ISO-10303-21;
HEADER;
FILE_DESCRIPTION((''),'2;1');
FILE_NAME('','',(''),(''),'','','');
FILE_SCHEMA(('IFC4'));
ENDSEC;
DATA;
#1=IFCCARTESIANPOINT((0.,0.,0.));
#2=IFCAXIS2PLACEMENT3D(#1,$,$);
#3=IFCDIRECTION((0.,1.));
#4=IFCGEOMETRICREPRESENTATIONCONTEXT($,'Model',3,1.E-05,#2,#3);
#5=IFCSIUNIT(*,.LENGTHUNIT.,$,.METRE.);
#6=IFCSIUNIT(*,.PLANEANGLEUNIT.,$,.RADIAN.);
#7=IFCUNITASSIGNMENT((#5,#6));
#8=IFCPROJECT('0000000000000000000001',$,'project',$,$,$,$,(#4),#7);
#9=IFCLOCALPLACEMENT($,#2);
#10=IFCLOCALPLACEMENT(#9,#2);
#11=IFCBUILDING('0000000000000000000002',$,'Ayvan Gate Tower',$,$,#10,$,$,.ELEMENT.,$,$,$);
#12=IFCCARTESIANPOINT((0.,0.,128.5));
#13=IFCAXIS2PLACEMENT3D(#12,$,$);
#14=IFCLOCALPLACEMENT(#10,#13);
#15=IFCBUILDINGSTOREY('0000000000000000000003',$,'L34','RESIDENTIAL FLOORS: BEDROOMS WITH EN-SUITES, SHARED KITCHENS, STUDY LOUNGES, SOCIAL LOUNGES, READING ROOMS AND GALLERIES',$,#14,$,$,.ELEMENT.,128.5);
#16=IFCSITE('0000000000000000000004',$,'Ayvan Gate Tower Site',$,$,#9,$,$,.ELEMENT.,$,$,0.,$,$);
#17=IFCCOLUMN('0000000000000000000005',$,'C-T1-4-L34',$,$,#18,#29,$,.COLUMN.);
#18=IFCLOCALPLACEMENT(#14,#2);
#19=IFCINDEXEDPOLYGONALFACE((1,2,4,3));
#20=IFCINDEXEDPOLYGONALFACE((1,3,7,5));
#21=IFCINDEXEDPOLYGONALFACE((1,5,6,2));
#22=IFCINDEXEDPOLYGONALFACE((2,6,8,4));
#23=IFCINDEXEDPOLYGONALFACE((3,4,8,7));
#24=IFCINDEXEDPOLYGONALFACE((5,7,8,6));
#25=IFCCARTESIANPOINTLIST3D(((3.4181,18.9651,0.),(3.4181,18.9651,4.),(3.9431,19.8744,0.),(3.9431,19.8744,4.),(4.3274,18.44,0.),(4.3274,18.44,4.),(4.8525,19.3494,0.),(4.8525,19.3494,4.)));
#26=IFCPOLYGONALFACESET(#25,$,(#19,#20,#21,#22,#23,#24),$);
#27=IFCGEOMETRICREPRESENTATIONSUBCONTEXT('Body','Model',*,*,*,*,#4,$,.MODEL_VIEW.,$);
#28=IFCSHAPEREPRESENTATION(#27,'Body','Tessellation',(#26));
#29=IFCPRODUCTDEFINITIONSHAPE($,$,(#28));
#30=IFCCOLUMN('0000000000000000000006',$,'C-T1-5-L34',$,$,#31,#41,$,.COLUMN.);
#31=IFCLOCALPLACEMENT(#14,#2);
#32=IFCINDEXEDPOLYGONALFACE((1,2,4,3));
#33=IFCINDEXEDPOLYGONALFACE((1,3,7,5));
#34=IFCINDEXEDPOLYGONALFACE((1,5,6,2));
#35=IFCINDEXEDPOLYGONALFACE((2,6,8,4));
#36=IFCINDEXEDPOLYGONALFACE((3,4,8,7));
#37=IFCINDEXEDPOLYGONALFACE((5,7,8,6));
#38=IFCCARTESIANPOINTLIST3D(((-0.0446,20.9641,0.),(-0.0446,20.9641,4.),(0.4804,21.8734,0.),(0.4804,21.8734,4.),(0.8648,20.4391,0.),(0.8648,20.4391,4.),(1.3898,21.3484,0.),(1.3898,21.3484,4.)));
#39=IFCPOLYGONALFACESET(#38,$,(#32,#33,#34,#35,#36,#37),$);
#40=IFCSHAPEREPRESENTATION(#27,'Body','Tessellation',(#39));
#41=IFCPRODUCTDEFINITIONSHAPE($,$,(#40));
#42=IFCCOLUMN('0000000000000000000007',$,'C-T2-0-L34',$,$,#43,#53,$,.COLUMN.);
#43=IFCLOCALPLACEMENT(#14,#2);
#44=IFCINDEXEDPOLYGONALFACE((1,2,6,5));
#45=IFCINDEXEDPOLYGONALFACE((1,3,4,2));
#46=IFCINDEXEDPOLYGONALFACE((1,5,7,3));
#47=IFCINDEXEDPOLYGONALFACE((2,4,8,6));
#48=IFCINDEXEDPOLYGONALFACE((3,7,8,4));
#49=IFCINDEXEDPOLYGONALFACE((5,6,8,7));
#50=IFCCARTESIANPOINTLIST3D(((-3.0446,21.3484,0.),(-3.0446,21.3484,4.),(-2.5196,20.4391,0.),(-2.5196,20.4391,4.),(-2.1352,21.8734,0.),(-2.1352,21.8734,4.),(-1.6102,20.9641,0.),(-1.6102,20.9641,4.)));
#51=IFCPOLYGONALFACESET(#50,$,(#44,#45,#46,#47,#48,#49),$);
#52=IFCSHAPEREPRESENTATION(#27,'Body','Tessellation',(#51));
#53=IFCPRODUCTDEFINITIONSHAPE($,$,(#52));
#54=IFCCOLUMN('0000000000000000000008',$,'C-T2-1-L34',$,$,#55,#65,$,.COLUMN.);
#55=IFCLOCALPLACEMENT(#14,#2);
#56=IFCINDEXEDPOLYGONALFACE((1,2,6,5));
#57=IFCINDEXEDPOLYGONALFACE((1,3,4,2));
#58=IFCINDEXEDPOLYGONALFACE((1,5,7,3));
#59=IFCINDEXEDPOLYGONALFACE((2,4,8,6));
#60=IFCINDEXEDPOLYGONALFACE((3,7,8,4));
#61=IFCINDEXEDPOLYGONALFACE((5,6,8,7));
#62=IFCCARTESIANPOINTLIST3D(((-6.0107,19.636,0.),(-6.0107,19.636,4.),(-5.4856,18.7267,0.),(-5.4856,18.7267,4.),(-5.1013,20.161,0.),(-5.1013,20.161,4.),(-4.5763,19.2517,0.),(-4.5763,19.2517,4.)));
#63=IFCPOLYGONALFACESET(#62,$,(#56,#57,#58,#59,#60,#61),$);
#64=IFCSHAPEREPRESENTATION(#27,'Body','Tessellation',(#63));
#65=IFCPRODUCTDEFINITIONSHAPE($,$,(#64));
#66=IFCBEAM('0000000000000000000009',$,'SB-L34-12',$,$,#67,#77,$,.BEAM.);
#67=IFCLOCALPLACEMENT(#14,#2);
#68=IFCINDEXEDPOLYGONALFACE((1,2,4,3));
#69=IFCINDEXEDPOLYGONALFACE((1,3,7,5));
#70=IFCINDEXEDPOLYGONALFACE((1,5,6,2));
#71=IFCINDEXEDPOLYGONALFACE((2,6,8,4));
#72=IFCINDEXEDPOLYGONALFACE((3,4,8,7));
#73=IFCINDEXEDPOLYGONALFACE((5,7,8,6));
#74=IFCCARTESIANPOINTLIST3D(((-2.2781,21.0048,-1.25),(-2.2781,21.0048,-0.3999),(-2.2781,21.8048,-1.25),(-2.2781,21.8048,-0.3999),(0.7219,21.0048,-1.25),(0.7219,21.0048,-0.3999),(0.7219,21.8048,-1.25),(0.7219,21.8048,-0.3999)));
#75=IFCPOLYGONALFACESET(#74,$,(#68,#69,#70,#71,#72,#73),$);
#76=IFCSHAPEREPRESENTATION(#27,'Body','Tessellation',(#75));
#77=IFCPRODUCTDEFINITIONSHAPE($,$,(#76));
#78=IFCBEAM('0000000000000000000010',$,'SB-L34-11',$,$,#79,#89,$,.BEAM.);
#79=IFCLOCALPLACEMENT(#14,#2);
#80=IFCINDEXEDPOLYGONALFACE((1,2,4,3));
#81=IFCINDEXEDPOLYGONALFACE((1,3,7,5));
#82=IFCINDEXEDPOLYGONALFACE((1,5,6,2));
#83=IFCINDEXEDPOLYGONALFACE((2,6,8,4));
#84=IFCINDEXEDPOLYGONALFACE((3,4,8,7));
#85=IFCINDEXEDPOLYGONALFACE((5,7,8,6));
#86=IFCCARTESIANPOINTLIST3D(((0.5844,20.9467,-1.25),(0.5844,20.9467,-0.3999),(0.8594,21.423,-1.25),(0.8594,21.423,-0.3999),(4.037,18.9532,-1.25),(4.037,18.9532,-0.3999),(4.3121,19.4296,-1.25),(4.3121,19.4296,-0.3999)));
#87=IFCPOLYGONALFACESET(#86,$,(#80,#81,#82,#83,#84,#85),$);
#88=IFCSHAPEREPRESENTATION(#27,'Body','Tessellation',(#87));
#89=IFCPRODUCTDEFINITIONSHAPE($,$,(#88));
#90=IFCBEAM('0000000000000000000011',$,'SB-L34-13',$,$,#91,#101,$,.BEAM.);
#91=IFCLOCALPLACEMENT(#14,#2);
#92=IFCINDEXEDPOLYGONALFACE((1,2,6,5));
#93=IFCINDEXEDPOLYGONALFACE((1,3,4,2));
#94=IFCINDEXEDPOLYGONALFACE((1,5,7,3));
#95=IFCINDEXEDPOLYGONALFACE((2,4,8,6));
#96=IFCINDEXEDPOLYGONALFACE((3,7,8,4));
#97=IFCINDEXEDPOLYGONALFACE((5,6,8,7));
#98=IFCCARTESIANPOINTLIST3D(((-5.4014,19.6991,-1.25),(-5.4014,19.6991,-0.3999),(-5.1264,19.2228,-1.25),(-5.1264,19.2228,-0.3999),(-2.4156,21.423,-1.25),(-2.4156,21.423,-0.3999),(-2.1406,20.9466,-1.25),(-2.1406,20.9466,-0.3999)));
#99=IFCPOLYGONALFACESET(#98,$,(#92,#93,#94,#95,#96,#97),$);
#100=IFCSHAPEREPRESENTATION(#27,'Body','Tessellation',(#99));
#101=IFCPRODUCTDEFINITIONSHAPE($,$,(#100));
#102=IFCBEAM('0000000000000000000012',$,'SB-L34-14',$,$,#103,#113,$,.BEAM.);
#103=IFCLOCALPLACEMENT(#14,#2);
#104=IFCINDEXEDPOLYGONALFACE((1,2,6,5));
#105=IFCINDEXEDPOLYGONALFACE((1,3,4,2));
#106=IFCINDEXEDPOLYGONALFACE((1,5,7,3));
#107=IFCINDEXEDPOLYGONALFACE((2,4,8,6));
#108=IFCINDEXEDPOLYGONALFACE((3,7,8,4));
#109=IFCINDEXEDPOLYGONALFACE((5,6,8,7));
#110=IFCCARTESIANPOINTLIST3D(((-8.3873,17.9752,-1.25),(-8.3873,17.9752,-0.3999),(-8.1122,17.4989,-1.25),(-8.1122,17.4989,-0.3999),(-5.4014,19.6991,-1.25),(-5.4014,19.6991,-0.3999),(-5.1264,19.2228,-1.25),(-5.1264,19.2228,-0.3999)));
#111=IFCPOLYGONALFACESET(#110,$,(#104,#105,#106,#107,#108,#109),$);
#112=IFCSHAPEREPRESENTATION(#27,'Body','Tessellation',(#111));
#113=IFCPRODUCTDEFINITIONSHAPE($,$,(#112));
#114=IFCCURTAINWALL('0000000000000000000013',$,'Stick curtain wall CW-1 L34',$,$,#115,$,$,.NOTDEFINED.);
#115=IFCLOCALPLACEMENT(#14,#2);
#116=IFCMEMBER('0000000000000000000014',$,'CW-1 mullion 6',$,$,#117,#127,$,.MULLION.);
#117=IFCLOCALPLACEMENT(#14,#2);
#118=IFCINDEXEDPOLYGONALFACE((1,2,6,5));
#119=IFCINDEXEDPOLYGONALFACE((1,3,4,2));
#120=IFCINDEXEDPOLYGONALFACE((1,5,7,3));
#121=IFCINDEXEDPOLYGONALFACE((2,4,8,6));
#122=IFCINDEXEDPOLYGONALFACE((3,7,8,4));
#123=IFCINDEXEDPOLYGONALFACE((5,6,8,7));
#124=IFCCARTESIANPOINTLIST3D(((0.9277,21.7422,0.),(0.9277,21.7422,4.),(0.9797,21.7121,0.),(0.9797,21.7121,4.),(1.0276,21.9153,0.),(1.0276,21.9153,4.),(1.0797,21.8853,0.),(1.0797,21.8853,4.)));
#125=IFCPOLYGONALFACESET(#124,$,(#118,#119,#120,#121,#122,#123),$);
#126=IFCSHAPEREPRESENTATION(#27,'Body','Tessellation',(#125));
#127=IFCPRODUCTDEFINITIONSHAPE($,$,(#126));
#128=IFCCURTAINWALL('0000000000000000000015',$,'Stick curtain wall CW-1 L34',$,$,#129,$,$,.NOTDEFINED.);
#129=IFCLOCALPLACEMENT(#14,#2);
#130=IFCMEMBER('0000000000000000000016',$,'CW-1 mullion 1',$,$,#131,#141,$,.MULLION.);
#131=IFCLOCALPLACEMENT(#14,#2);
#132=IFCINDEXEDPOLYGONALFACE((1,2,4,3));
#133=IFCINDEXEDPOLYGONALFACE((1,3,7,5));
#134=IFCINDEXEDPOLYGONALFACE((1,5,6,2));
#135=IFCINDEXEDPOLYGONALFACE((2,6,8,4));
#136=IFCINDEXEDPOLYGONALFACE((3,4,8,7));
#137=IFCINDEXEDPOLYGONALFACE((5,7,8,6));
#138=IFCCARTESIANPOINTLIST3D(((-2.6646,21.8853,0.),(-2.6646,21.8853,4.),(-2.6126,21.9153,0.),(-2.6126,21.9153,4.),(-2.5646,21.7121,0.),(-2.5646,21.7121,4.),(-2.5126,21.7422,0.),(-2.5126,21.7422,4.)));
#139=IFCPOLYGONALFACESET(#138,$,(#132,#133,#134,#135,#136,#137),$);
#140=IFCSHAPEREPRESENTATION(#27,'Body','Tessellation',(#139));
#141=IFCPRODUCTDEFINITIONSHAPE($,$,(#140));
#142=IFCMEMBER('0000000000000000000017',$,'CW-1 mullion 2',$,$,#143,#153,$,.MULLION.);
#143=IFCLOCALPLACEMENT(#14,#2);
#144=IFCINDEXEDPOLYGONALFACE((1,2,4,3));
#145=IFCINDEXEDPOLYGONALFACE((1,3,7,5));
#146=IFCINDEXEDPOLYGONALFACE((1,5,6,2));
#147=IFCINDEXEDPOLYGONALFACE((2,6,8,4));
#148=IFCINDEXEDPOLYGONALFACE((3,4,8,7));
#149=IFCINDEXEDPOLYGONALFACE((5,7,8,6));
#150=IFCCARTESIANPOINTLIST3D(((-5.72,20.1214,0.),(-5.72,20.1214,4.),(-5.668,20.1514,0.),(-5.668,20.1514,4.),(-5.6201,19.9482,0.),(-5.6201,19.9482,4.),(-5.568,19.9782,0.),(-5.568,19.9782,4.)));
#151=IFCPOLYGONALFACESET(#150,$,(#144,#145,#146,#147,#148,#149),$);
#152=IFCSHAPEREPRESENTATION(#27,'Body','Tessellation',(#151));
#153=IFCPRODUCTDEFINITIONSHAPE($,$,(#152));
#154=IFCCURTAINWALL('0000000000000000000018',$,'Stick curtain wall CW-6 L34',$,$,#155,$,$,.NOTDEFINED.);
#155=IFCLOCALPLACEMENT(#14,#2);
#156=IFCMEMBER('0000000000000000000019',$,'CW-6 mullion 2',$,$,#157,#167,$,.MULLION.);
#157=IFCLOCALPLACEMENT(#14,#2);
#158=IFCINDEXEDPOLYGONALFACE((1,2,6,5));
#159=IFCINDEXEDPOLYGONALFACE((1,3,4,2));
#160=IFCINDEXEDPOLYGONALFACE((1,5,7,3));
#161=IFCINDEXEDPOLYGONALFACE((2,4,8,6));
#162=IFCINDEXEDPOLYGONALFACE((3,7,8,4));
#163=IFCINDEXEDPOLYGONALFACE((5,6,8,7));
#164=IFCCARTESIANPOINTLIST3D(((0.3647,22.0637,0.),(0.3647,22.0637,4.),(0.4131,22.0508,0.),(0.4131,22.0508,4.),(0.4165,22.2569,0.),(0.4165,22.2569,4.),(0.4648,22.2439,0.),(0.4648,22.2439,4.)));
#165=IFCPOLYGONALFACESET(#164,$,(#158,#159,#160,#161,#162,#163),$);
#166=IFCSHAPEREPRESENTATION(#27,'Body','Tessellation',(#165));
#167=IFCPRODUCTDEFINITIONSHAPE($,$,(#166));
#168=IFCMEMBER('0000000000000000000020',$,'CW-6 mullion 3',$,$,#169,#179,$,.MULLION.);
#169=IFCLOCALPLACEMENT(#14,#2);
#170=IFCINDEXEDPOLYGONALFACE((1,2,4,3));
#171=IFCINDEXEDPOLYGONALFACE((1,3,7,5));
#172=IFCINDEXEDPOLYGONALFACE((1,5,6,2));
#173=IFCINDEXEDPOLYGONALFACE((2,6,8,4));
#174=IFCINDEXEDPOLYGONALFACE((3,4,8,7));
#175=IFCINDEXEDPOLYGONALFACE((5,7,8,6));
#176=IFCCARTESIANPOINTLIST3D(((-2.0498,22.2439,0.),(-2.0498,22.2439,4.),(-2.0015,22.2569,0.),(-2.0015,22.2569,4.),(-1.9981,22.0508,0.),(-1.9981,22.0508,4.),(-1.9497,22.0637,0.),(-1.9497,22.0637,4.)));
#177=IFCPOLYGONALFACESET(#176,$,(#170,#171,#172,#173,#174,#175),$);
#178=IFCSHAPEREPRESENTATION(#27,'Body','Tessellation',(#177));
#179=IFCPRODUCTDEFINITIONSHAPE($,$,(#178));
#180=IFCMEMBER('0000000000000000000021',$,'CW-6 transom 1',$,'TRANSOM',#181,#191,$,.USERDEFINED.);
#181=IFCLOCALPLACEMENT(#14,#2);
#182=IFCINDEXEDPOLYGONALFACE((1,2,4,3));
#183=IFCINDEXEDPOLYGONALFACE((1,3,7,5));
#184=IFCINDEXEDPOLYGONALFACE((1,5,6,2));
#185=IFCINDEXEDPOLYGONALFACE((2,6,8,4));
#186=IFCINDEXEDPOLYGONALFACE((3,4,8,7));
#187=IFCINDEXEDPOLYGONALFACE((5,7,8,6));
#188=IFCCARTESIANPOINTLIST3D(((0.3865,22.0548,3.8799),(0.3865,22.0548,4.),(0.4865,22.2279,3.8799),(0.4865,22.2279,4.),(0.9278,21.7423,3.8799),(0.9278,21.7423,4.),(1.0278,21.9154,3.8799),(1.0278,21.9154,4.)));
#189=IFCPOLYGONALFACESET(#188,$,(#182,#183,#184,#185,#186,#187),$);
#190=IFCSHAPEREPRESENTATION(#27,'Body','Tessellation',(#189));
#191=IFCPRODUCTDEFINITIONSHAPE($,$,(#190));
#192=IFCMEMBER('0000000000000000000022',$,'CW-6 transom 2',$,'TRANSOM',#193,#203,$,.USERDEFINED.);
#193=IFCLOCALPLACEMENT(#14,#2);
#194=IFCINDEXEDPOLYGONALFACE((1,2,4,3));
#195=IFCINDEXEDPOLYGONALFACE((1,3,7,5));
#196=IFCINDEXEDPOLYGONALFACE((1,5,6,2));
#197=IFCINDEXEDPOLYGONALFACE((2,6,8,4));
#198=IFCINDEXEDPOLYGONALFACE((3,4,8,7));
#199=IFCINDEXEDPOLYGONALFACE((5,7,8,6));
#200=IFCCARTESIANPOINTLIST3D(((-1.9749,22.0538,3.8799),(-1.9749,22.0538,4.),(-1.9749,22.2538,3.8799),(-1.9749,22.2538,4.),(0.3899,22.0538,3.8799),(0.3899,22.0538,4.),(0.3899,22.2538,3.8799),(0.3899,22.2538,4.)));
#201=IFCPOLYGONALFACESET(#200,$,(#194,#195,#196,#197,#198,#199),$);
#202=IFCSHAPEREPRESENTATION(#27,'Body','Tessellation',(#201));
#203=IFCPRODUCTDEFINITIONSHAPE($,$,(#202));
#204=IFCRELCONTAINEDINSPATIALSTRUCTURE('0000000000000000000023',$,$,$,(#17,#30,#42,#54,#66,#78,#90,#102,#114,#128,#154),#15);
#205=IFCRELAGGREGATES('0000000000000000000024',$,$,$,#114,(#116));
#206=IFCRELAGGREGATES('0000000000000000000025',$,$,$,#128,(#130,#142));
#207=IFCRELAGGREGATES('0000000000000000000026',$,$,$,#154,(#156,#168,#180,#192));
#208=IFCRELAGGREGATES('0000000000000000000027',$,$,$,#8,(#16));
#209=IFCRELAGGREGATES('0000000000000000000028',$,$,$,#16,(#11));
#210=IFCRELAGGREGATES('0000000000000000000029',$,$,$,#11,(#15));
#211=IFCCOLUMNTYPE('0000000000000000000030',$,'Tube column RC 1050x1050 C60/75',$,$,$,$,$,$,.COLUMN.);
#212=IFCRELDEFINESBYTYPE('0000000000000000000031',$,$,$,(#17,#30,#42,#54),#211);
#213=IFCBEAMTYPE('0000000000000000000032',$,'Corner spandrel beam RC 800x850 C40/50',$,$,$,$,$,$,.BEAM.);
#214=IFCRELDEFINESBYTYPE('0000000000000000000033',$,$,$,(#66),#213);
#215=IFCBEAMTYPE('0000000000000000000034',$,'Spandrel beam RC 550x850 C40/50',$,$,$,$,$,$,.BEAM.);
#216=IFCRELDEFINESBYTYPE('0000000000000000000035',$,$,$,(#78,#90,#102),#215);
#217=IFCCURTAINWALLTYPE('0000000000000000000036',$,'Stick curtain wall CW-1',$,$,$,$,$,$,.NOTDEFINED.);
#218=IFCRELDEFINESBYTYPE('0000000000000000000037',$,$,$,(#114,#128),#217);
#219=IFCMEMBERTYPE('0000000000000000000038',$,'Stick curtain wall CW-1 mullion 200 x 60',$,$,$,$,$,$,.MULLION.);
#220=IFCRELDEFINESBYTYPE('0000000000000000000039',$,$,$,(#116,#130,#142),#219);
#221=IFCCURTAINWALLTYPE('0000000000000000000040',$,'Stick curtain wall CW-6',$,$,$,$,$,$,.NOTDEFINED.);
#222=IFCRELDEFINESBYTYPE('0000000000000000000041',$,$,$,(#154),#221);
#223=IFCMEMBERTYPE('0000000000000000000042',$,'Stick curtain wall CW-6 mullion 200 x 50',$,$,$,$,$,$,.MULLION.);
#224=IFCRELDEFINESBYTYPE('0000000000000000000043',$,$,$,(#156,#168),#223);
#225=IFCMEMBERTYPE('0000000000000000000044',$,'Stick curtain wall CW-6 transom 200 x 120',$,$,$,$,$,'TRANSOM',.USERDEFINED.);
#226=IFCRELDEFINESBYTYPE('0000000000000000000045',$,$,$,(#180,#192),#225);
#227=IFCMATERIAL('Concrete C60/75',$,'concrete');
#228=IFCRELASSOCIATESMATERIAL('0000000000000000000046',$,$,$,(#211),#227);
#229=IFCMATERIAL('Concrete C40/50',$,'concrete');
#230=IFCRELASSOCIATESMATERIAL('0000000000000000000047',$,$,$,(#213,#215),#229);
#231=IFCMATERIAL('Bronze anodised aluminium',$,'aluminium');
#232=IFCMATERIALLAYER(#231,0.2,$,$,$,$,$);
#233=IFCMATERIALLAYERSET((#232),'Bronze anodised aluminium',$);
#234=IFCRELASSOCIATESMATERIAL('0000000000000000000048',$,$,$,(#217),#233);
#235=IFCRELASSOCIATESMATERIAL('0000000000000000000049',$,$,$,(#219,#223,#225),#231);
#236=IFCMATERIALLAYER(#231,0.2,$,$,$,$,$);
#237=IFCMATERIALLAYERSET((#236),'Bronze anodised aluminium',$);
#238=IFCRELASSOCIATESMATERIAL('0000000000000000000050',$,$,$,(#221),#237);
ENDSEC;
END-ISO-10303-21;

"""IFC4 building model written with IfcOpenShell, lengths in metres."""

from ifc_helpers import new_model, si_unit, direction, frame, origin, origin_2d, place, context, subcontext, project, spatial, rectangle, extrude, material, layer, layer_set, material_profile, profile_set, type_object, element, aggregate, save


model = new_model("IFC4")

# Units and contexts
model_context = context("Model", 3, precision=1e-05, world=origin(), true_north=direction((0.0, 1.0)))
body_context = subcontext(model_context, "Body", "Model", "MODEL_VIEW")
ifc_project = project(units=[si_unit("LENGTHUNIT", "METRE"), si_unit("PLANEANGLEUNIT", "RADIAN")], contexts=[model_context])

# Site, building, storey
site_placement = place(None, origin())
site = spatial("IfcSite", under=ifc_project, at=site_placement, Name="Ayvan Gate Tower Site", CompositionType="ELEMENT", RefElevation=0.0)
building_placement = place(site_placement, origin())
building = spatial("IfcBuilding", under=site, at=building_placement, Name="Ayvan Gate Tower", CompositionType="ELEMENT")
storey_placement = place(building_placement, frame((0.0, 0.0, 128.5)))
storey = spatial("IfcBuildingStorey", under=building, at=storey_placement, Name="L34", Description="RESIDENTIAL FLOORS: BEDROOMS WITH EN-SUITES, SHARED KITCHENS, STUDY LOUNGES, SOCIAL LOUNGES, READING ROOMS AND GALLERIES", CompositionType="ELEMENT", Elevation=128.5)

# Columns
ifc_material_1 = material(Name="Concrete C60/75", Category="concrete")
ifc_material_profile_1 = material_profile(ifc_material_1, rectangle(XDim=1.05, YDim=1.05, at=origin_2d()), Name="RC 1050x1050")
ifc_profile_set_1 = profile_set([ifc_material_profile_1], Name="Concrete C60/75")
column_type = type_object("IfcColumnType", Name="Tube column RC 1050x1050 C60/75", PredefinedType="COLUMN", material=ifc_profile_set_1)
for number, where, z_axis, x_axis, name in (
    (1, (4.1353, 19.1572, 0.0), (0.0, 0.0, 1.0), (0.5, 0.866025, 0.0), "C-T1-4-L34"),
    (2, (0.6726, 21.1562, 0.0), (0.0, 0.0, 1.0), (0.5, 0.866025, 0.0), "C-T1-5-L34"),
    (3, (-2.3274, 21.1562, 0.0), (0.0, 0.0, 1.0), (-0.5, 0.866025, 0.0), "C-T2-0-L34"),
    (4, (-5.2935, 19.4438, 0.0), (0.0, 0.0, 1.0), (-0.5, 0.866025, 0.0), "C-T2-1-L34"),
):
    element("IfcColumn", number, at=place(storey_placement, frame(where, z_axis=z_axis, x_axis=x_axis)), inside=storey, type_object=column_type, Name=name, PredefinedType="COLUMN", context=body_context, shape_type="SweptSolid", body=[
        extrude(rectangle(XDim=1.05, YDim=1.05, at=origin_2d()), origin(), (0.0, 0.0, 1.0), 4.0),
    ])

# Beams
ifc_material_2 = material(Name="Concrete C40/50", Category="concrete")
ifc_material_profile_2 = material_profile(ifc_material_2, rectangle(XDim=0.8, YDim=0.8501, at=origin_2d()), Name="RC 800x850")
ifc_profile_set_2 = profile_set([ifc_material_profile_2], Name="Concrete C40/50")
beam_type_1 = type_object("IfcBeamType", Name="Corner spandrel beam RC 800x850 C40/50", PredefinedType="BEAM", material=ifc_profile_set_2)
beam_1_placement = place(storey_placement, frame((0.7219, 21.4048, -0.825), z_axis=(-1.0, 0.0, 0.0), x_axis=(0.0, -1.0, 0.0)))
element("IfcBeam", 5, at=beam_1_placement, inside=storey, type_object=beam_type_1, Name="SB-L34-12", PredefinedType="BEAM", context=body_context, shape_type="SweptSolid", body=[
    extrude(rectangle(XDim=0.8, YDim=0.8501, at=origin_2d()), origin(), (0.0, 0.0, 1.0), 3.0),
])
ifc_material_profile_3 = material_profile(ifc_material_2, rectangle(XDim=0.55, YDim=0.8501, at=origin_2d()), Name="RC 550x850")
ifc_profile_set_3 = profile_set([ifc_material_profile_3], Name="Concrete C40/50")
beam_type_2 = type_object("IfcBeamType", Name="Spandrel beam RC 550x850 C40/50", PredefinedType="BEAM", material=ifc_profile_set_3)
beam_2_placement = place(storey_placement, frame((4.1746, 19.1914, -0.825), z_axis=(-0.866022, 0.500005, 0.0), x_axis=(-0.500005, -0.866022, 0.0)))
element("IfcBeam", 6, at=beam_2_placement, inside=storey, type_object=beam_type_2, Name="SB-L34-11", PredefinedType="BEAM", context=body_context, shape_type="SweptSolid", body=[
    extrude(rectangle(XDim=0.55, YDim=0.8501, at=origin_2d()), origin(), (0.0, 0.0, 1.0), 3.9868),
])
for number, where, z_axis, x_axis, name in (
    (7, (-2.2781, 21.1848, -0.825), (-0.866025, -0.5, 0.0), (0.5, -0.866025, 0.0), "SB-L34-13"),
    (8, (-5.2639, 19.4609, -0.825), (-0.866025, -0.5, 0.0), (0.5, -0.866025, 0.0), "SB-L34-14"),
):
    element("IfcBeam", number, at=place(storey_placement, frame(where, z_axis=z_axis, x_axis=x_axis)), inside=storey, type_object=beam_type_2, Name=name, PredefinedType="BEAM", context=body_context, shape_type="SweptSolid", body=[
        extrude(rectangle(XDim=0.55, YDim=0.8501, at=origin_2d()), origin(), (0.0, 0.0, 1.0), 3.4478),
    ])

# Curtain wall, member
ifc_material_3 = material(Name="Bronze anodised aluminium", Category="aluminium")
ifc_layer_1 = layer(ifc_material_3, 0.2)
ifc_layer_set_1 = layer_set([ifc_layer_1], Name="Bronze anodised aluminium")
curtain_wall_type_1 = type_object("IfcCurtainWallType", Name="Stick curtain wall CW-1", PredefinedType="NOTDEFINED", material=ifc_layer_set_1)
curtain_wall_1_placement = place(storey_placement, origin())
curtain_wall_1 = element("IfcCurtainWall", 9, at=curtain_wall_1_placement, inside=storey, type_object=curtain_wall_type_1, Name="Stick curtain wall CW-1 L34", PredefinedType="NOTDEFINED")
ifc_material_profile_4 = material_profile(ifc_material_3, rectangle(XDim=0.2, YDim=0.0601, at=origin_2d()), Name="Stick curtain wall CW-1 mullion 200 x 60")
ifc_profile_set_4 = profile_set([ifc_material_profile_4], Name="Bronze anodised aluminium")
member_type_1 = type_object("IfcMemberType", Name="Stick curtain wall CW-1 mullion 200 x 60", PredefinedType="MULLION", material=ifc_profile_set_4)
member_1_placement = place(storey_placement, frame((1.0037, 21.8137, 0.0), z_axis=(0.0, 0.0, 1.0), x_axis=(0.5, 0.866025, 0.0)))
member_1 = element("IfcMember", 10, at=member_1_placement, type_object=member_type_1, Name="CW-1 mullion 6", PredefinedType="MULLION", context=body_context, shape_type="SweptSolid", body=[
    extrude(rectangle(XDim=0.2, YDim=0.0601, at=origin_2d()), origin(), (0.0, 0.0, 1.0), 4.0),
])

# Curtain walls, members
curtain_wall_2_placement = place(storey_placement, origin())
curtain_wall_2 = element("IfcCurtainWall", 11, at=curtain_wall_2_placement, inside=storey, type_object=curtain_wall_type_1, Name="Stick curtain wall CW-1 L34", PredefinedType="NOTDEFINED")
member_2_placement = place(storey_placement, frame((-2.5886, 21.8137, 0.0), z_axis=(0.0, 0.0, 1.0), x_axis=(-0.5, 0.866025, 0.0)))
member_2 = element("IfcMember", 12, at=member_2_placement, type_object=member_type_1, Name="CW-1 mullion 1", PredefinedType="MULLION", context=body_context, shape_type="SweptSolid", body=[
    extrude(rectangle(XDim=0.2, YDim=0.0601, at=origin_2d()), origin(), (0.0, 0.0, 1.0), 4.0),
])
member_3_placement = place(storey_placement, frame((-5.644, 20.0498, 0.0), z_axis=(0.0, 0.0, 1.0), x_axis=(-0.5, 0.866025, 0.0)))
member_3 = element("IfcMember", 13, at=member_3_placement, type_object=member_type_1, Name="CW-1 mullion 2", PredefinedType="MULLION", context=body_context, shape_type="SweptSolid", body=[
    extrude(rectangle(XDim=0.2, YDim=0.0601, at=origin_2d()), origin(), (0.0, 0.0, 1.0), 4.0),
])
ifc_layer_2 = layer(ifc_material_3, 0.2)
ifc_layer_set_2 = layer_set([ifc_layer_2], Name="Bronze anodised aluminium")
curtain_wall_type_2 = type_object("IfcCurtainWallType", Name="Stick curtain wall CW-6", PredefinedType="NOTDEFINED", material=ifc_layer_set_2)
curtain_wall_3_placement = place(storey_placement, origin())
curtain_wall_3 = element("IfcCurtainWall", 14, at=curtain_wall_3_placement, inside=storey, type_object=curtain_wall_type_2, Name="Stick curtain wall CW-6 L34", PredefinedType="NOTDEFINED")
ifc_material_profile_5 = material_profile(ifc_material_3, rectangle(XDim=0.2, YDim=0.05, at=origin_2d()), Name="Stick curtain wall CW-6 mullion 200 x 50")
ifc_profile_set_5 = profile_set([ifc_material_profile_5], Name="Bronze anodised aluminium")
member_type_2 = type_object("IfcMemberType", Name="Stick curtain wall CW-6 mullion 200 x 50", PredefinedType="MULLION", material=ifc_profile_set_5)
member_4_placement = place(storey_placement, frame((0.4148, 22.1538, 0.0), z_axis=(0.0, 0.0, 1.0), x_axis=(0.258819, 0.965926, 0.0)))
member_4 = element("IfcMember", 15, at=member_4_placement, type_object=member_type_2, Name="CW-6 mullion 2", PredefinedType="MULLION", context=body_context, shape_type="SweptSolid", body=[
    extrude(rectangle(XDim=0.2, YDim=0.05, at=origin_2d()), origin(), (0.0, 0.0, 1.0), 4.0),
])
member_5_placement = place(storey_placement, frame((-1.9998, 22.1538, 0.0), z_axis=(0.0, 0.0, 1.0), x_axis=(-0.258819, 0.965926, 0.0)))
member_5 = element("IfcMember", 16, at=member_5_placement, type_object=member_type_2, Name="CW-6 mullion 3", PredefinedType="MULLION", context=body_context, shape_type="SweptSolid", body=[
    extrude(rectangle(XDim=0.2, YDim=0.05, at=origin_2d()), origin(), (0.0, 0.0, 1.0), 4.0),
])
ifc_material_profile_6 = material_profile(ifc_material_3, rectangle(XDim=0.2, YDim=0.1201, at=origin_2d()), Name="Stick curtain wall CW-6 transom 200 x 120")
ifc_profile_set_6 = profile_set([ifc_material_profile_6], Name="Bronze anodised aluminium")
member_type_3 = type_object("IfcMemberType", Name="Stick curtain wall CW-6 transom 200 x 120", ElementType="TRANSOM", PredefinedType="USERDEFINED", material=ifc_profile_set_6)
member_6_placement = place(storey_placement, frame((0.9778, 21.8289, 3.9399), z_axis=(-0.866023, 0.500004, 0.0), x_axis=(-0.500004, -0.866023, 0.0)))
member_6 = element("IfcMember", 17, at=member_6_placement, type_object=member_type_3, Name="CW-6 transom 1", ObjectType="TRANSOM", PredefinedType="USERDEFINED", context=body_context, shape_type="SweptSolid", body=[
    extrude(rectangle(XDim=0.2, YDim=0.1201, at=origin_2d()), origin(), (0.0, 0.0, 1.0), 0.625),
])
member_7_placement = place(storey_placement, frame((0.3899, 22.1538, 3.9399), z_axis=(-1.0, 0.0, 0.0), x_axis=(0.0, -1.0, 0.0)))
member_7 = element("IfcMember", 18, at=member_7_placement, type_object=member_type_3, Name="CW-6 transom 2", ObjectType="TRANSOM", PredefinedType="USERDEFINED", context=body_context, shape_type="SweptSolid", body=[
    extrude(rectangle(XDim=0.2, YDim=0.1201, at=origin_2d()), origin(), (0.0, 0.0, 1.0), 2.3647),
])

aggregate(curtain_wall_1, [member_1])
aggregate(curtain_wall_2, [member_2, member_3])
aggregate(curtain_wall_3, [member_4, member_5, member_6, member_7])

save(model, "model.ifc")
